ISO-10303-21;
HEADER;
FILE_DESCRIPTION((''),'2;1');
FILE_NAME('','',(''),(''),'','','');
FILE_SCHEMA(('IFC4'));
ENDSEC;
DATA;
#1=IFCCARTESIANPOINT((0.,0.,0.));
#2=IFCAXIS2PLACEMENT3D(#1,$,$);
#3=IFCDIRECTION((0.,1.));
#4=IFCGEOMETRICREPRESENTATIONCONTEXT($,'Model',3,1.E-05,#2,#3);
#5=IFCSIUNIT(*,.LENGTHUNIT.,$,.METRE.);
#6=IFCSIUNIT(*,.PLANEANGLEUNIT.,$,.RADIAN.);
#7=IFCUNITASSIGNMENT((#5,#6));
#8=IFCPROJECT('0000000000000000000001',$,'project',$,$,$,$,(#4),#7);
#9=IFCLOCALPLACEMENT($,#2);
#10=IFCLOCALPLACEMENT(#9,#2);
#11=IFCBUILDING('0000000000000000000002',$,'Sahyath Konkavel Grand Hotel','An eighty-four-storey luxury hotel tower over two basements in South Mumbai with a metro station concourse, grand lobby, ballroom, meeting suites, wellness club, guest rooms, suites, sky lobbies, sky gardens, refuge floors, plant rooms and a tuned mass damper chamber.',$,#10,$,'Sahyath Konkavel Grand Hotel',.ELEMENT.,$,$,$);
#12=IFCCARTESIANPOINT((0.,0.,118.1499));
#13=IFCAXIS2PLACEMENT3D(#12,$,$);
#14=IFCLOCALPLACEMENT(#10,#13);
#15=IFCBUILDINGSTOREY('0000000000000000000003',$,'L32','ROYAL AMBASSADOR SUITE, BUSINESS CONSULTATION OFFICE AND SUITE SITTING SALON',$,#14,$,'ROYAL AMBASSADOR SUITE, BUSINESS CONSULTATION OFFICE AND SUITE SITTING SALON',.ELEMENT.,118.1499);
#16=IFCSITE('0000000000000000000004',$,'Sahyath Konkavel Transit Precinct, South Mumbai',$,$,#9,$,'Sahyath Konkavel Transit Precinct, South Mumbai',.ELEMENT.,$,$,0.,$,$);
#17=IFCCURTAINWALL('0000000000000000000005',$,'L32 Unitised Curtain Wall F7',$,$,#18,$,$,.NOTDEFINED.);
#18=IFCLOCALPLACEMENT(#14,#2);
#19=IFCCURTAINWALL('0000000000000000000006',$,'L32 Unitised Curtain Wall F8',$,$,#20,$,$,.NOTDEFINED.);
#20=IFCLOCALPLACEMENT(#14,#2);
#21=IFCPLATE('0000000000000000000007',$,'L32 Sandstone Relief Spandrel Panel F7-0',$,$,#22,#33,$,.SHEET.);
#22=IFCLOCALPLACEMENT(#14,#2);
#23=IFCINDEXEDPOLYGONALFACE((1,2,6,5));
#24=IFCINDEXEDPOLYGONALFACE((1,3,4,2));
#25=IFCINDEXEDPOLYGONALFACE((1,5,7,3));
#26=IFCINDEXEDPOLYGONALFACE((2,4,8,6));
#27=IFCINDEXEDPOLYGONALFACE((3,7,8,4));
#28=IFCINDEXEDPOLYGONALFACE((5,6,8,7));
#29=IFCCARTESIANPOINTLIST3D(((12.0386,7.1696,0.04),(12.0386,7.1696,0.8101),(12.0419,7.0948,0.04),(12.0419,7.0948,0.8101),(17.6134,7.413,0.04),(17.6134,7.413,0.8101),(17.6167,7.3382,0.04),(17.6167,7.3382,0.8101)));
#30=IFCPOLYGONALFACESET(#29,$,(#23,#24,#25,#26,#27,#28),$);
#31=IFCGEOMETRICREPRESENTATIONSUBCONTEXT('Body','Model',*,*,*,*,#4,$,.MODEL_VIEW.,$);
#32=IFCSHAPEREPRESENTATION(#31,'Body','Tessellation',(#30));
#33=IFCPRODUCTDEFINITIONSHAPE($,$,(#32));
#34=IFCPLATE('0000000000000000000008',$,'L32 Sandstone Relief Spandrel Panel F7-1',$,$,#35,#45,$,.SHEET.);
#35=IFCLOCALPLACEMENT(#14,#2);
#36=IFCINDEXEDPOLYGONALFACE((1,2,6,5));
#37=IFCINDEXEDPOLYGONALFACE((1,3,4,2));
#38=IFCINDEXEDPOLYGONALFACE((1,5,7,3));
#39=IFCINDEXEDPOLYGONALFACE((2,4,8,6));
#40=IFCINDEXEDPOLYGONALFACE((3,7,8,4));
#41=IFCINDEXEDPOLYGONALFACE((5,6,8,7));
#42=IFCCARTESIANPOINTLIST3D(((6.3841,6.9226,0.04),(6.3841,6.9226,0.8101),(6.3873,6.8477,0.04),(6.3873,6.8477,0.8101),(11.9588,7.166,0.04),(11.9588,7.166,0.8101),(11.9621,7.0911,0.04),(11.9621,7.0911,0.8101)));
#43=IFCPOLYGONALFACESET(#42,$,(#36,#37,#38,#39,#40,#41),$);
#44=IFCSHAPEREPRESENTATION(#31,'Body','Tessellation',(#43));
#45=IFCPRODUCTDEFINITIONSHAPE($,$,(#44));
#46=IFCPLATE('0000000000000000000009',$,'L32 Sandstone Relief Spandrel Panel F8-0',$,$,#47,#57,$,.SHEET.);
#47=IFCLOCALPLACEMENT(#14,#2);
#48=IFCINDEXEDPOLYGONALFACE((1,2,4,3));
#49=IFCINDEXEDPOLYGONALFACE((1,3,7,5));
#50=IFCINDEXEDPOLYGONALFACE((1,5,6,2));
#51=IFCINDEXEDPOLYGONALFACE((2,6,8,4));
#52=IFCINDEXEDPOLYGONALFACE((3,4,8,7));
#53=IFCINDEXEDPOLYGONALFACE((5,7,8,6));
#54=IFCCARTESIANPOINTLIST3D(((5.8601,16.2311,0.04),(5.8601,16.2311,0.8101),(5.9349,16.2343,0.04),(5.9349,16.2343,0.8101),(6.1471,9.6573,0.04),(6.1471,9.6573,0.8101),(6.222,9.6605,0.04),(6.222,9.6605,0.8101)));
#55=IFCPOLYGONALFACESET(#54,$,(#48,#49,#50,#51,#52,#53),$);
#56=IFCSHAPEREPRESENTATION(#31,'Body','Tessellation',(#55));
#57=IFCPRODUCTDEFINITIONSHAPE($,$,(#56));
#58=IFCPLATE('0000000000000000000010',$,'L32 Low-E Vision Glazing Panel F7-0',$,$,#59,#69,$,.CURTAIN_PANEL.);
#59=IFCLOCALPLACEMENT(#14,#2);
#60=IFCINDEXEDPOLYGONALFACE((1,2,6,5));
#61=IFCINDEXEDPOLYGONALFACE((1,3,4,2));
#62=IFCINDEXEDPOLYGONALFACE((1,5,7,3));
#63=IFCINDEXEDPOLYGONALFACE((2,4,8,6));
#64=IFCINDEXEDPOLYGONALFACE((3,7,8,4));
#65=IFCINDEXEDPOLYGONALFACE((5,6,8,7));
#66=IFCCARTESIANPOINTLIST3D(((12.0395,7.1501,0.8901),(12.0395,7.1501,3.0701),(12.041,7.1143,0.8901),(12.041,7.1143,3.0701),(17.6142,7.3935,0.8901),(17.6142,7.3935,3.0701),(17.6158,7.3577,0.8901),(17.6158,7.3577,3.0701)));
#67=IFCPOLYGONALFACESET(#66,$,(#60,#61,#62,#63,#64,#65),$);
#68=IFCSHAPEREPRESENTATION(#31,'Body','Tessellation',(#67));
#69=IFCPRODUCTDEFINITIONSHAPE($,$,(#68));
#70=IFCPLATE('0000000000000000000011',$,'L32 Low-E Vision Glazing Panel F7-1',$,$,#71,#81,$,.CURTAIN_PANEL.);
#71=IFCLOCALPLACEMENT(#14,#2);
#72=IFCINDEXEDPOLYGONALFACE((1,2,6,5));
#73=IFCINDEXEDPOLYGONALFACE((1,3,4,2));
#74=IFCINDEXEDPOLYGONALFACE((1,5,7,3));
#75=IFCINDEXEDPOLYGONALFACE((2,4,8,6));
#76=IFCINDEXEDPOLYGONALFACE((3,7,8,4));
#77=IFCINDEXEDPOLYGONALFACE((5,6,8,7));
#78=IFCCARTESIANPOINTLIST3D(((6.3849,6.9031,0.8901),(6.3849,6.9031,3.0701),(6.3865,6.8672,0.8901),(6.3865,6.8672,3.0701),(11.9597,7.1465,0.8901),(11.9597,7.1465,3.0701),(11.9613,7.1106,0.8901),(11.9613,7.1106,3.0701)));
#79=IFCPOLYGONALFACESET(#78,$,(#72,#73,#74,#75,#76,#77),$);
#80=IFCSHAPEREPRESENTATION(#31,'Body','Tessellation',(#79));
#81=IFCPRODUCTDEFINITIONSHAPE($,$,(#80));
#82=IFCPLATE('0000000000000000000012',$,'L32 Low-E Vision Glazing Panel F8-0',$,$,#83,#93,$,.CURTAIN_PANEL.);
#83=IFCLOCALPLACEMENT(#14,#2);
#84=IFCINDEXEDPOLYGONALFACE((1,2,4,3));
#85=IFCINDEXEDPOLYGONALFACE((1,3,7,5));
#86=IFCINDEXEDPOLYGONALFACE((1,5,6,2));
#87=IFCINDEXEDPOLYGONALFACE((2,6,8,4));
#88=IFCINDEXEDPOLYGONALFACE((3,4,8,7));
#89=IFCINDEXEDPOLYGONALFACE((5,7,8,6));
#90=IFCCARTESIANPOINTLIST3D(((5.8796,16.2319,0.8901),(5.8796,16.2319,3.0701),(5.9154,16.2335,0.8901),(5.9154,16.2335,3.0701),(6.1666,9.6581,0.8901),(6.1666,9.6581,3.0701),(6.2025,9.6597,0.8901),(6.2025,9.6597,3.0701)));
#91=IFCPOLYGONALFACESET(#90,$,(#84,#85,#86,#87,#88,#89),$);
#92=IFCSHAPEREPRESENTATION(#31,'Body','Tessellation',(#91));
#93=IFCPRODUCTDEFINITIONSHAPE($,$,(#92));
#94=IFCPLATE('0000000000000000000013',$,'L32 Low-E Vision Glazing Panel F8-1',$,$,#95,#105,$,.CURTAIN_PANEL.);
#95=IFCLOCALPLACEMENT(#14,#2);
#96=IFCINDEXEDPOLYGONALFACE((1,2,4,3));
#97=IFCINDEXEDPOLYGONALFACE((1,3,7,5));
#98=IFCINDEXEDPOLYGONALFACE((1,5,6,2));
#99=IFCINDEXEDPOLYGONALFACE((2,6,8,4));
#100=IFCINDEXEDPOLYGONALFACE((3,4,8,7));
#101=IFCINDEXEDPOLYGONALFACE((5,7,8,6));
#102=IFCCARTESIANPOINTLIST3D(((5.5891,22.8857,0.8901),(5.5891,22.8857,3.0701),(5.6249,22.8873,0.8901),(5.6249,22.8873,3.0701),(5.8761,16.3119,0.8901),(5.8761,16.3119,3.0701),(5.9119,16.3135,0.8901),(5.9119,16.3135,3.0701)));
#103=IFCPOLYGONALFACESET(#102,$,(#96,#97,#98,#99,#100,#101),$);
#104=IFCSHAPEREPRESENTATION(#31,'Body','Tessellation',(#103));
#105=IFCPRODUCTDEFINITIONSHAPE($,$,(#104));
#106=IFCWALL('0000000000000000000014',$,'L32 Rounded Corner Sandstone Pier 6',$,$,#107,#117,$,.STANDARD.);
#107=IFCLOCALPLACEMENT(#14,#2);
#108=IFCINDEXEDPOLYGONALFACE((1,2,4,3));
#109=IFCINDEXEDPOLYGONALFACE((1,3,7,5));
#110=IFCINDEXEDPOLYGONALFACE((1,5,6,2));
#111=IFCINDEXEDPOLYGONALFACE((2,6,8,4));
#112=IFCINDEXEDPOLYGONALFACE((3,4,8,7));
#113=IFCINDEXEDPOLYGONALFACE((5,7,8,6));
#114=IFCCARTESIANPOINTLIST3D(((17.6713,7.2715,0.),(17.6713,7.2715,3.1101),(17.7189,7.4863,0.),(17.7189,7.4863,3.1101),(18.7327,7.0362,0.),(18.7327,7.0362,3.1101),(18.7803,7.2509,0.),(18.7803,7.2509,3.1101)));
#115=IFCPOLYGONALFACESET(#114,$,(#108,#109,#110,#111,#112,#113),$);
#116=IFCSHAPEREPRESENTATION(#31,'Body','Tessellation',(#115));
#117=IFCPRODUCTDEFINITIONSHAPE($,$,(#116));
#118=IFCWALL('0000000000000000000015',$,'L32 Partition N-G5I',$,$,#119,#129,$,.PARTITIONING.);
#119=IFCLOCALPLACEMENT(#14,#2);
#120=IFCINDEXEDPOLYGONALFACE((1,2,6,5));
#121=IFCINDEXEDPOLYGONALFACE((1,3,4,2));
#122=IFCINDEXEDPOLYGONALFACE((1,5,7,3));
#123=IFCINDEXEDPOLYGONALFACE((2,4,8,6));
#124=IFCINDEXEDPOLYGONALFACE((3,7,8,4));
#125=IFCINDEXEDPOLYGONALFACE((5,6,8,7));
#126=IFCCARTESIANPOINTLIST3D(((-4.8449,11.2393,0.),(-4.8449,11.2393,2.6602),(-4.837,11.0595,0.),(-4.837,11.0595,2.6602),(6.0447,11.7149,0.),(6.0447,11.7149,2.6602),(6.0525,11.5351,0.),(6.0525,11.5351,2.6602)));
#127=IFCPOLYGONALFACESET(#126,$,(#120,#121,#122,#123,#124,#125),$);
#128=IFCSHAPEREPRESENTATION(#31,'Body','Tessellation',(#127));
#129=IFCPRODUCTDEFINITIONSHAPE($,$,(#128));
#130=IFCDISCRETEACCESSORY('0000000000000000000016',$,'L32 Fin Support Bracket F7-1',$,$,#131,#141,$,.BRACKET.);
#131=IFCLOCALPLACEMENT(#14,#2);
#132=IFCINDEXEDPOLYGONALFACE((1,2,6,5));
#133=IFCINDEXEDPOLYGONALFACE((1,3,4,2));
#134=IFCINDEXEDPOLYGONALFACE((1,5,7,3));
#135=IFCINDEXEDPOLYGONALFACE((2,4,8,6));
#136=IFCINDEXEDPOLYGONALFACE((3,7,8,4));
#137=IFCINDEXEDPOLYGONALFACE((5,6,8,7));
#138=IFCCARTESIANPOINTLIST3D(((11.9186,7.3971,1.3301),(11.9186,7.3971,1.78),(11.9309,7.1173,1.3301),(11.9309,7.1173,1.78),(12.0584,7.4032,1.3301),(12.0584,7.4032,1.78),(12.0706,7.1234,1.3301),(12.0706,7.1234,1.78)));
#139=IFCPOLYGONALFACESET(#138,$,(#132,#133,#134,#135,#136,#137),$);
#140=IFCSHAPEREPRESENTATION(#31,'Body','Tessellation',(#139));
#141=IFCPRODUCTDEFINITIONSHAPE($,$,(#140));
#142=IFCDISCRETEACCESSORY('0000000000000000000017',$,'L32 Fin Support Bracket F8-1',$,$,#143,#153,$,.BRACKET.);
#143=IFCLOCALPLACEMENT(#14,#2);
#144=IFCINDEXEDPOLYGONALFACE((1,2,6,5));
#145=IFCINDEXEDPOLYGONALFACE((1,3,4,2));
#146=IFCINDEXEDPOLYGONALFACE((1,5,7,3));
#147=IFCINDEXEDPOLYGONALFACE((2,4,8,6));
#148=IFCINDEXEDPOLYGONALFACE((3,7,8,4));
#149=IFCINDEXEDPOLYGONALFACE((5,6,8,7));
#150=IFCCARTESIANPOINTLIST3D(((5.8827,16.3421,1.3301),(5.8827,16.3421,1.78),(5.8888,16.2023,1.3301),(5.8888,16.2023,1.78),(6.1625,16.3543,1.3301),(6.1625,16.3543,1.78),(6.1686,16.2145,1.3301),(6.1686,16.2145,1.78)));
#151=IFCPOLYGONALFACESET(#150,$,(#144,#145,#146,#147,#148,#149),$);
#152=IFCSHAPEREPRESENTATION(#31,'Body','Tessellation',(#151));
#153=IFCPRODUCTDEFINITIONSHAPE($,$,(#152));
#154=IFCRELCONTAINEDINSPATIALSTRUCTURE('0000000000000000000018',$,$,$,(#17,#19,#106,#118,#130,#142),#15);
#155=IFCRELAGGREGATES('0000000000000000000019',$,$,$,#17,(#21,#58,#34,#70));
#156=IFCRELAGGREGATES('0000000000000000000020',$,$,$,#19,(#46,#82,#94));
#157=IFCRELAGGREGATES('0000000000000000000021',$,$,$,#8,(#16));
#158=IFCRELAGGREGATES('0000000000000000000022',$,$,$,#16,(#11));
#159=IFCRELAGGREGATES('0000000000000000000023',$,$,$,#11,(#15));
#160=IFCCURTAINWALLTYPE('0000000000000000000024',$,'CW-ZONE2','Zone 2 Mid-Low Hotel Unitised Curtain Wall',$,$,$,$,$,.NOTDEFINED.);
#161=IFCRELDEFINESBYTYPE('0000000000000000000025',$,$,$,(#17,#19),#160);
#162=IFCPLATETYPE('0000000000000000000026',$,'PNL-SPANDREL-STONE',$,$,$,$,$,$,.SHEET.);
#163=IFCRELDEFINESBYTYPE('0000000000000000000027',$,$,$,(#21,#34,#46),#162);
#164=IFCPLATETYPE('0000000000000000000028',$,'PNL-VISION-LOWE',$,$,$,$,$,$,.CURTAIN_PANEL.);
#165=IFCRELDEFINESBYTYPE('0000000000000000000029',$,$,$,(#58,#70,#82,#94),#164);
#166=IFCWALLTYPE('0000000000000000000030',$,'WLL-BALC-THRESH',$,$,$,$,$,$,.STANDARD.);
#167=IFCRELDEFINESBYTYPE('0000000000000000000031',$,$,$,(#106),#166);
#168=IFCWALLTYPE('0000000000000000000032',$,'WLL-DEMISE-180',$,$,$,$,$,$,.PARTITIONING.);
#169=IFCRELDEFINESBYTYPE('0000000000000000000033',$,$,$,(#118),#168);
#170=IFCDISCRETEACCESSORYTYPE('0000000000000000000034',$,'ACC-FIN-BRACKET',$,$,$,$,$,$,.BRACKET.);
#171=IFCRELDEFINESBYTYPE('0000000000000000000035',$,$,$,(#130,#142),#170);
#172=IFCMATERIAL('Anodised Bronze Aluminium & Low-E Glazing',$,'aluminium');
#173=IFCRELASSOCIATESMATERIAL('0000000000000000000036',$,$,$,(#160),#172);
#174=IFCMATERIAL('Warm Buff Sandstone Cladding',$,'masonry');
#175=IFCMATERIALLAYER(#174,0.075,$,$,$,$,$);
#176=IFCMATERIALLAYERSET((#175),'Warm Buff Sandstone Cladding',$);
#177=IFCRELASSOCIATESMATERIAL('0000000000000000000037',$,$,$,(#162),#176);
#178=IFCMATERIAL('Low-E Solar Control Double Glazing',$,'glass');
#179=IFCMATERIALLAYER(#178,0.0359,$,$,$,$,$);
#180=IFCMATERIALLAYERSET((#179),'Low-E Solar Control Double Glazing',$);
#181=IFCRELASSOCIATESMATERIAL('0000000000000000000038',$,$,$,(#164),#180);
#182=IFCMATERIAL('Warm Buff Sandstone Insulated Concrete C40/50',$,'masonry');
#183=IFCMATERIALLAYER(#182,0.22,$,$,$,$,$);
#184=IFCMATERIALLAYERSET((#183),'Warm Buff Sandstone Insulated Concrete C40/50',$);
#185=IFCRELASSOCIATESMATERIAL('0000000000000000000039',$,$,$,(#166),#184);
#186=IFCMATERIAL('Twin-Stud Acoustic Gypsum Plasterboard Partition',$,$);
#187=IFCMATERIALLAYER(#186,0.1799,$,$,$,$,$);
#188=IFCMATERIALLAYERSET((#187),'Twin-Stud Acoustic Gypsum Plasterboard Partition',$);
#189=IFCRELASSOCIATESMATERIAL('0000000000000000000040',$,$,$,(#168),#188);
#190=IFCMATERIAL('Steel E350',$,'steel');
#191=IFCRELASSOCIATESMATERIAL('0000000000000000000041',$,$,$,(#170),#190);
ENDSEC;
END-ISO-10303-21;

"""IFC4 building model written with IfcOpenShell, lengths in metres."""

from ifc_helpers import new_model, si_unit, direction, frame, frame_2d, origin, origin_2d, place, context, subcontext, project, spatial, rectangle, extrude, source, transform, mapped, material, layer, layer_set, type_object, element, aggregate, save


model = new_model("IFC4")

# Units and contexts
model_context = context("Model", 3, precision=1e-05, world=origin(), true_north=direction((0.0, 1.0)))
body_context = subcontext(model_context, "Body", "Model", "MODEL_VIEW")
ifc_project = project(units=[si_unit("LENGTHUNIT", "METRE"), si_unit("PLANEANGLEUNIT", "RADIAN")], contexts=[model_context])

# Site, building, storey
site_placement = place(None, origin())
site = spatial("IfcSite", under=ifc_project, at=site_placement, Name="Sahyath Konkavel Transit Precinct, South Mumbai", LongName="Sahyath Konkavel Transit Precinct, South Mumbai", CompositionType="ELEMENT", RefElevation=0.0)
building_placement = place(site_placement, origin())
building = spatial("IfcBuilding", under=site, at=building_placement, Name="Sahyath Konkavel Grand Hotel", Description="An eighty-four-storey luxury hotel tower over two basements in South Mumbai with a metro station concourse, grand lobby, ballroom, meeting suites, wellness club, guest rooms, suites, sky lobbies, sky gardens, refuge floors, plant rooms and a tuned mass damper chamber.", LongName="Sahyath Konkavel Grand Hotel", CompositionType="ELEMENT")
storey_placement = place(building_placement, frame((0.0, 0.0, 118.1499)))
storey = spatial("IfcBuildingStorey", under=building, at=storey_placement, Name="L32", Description="ROYAL AMBASSADOR SUITE, BUSINESS CONSULTATION OFFICE AND SUITE SITTING SALON", LongName="ROYAL AMBASSADOR SUITE, BUSINESS CONSULTATION OFFICE AND SUITE SITTING SALON", CompositionType="ELEMENT", Elevation=118.1499)

# Curtain walls
ifc_material_1 = material(Name="Anodised Bronze Aluminium & Low-E Glazing", Category="aluminium")
curtain_wall_type = type_object("IfcCurtainWallType", Name="CW-ZONE2", Description="Zone 2 Mid-Low Hotel Unitised Curtain Wall", PredefinedType="NOTDEFINED", material=ifc_material_1)
curtain_wall_1_placement = place(storey_placement, origin())
curtain_wall_1 = element("IfcCurtainWall", 1, at=curtain_wall_1_placement, inside=storey, type_object=curtain_wall_type, Name="L32 Unitised Curtain Wall F7", PredefinedType="NOTDEFINED")
curtain_wall_2_placement = place(storey_placement, origin())
curtain_wall_2 = element("IfcCurtainWall", 2, at=curtain_wall_2_placement, inside=storey, type_object=curtain_wall_type, Name="L32 Unitised Curtain Wall F8", PredefinedType="NOTDEFINED")

# Plates
ifc_material_2 = material(Name="Warm Buff Sandstone Cladding", Category="masonry")
ifc_layer_1 = layer(ifc_material_2, 0.075)
ifc_layer_set_1 = layer_set([ifc_layer_1], Name="Warm Buff Sandstone Cladding")
plate_type_1 = type_object("IfcPlateType", Name="PNL-SPANDREL-STONE", PredefinedType="SHEET", material=ifc_layer_set_1)
shared_shape_1 = source(origin(), body_context, "Body", "SweptSolid", [
    extrude(rectangle(XDim=5.5801, YDim=0.075, at=origin_2d()), origin(), (0.0, 0.0, 1.0), 0.77),
])
plate_1_placement = place(storey_placement, frame((14.8276, 7.2539, 0.04), z_axis=(0.0, 0.0, 1.0), x_axis=(-0.999048, -0.043619, 0.0)))
plate_1 = element("IfcPlate", 3, at=plate_1_placement, type_object=plate_type_1, Name="L32 Sandstone Relief Spandrel Panel F7-0", PredefinedType="SHEET", context=body_context, shape_type="MappedRepresentation", body=[
    mapped(shared_shape_1, transform((0.0, 0.0, 0.0), scale=1.0)),
])
plate_2_placement = place(storey_placement, frame((9.1731, 7.0068, 0.04), z_axis=(0.0, 0.0, 1.0), x_axis=(-0.999048, -0.043619, 0.0)))
plate_2 = element("IfcPlate", 4, at=plate_2_placement, type_object=plate_type_1, Name="L32 Sandstone Relief Spandrel Panel F7-1", PredefinedType="SHEET", context=body_context, shape_type="MappedRepresentation", body=[
    mapped(shared_shape_1, transform((0.0, 0.0, 0.0), scale=1.0)),
])
shared_shape_2 = source(origin(), body_context, "Body", "SweptSolid", [
    extrude(rectangle(XDim=6.5801, YDim=0.075, at=origin_2d()), origin(), (0.0, 0.0, 1.0), 0.77),
])
plate_3_placement = place(storey_placement, frame((6.041, 12.9458, 0.04), z_axis=(0.0, 0.0, 1.0), x_axis=(-0.043619, 0.999048, 0.0)))
plate_3 = element("IfcPlate", 5, at=plate_3_placement, type_object=plate_type_1, Name="L32 Sandstone Relief Spandrel Panel F8-0", PredefinedType="SHEET", context=body_context, shape_type="MappedRepresentation", body=[
    mapped(shared_shape_2, transform((0.0, 0.0, 0.0), scale=1.0)),
])
ifc_material_3 = material(Name="Low-E Solar Control Double Glazing", Category="glass")
ifc_layer_2 = layer(ifc_material_3, 0.0359)
ifc_layer_set_2 = layer_set([ifc_layer_2], Name="Low-E Solar Control Double Glazing")
plate_type_2 = type_object("IfcPlateType", Name="PNL-VISION-LOWE", PredefinedType="CURTAIN_PANEL", material=ifc_layer_set_2)
shared_shape_3 = source(origin(), body_context, "Body", "SweptSolid", [
    extrude(rectangle(XDim=5.5801, YDim=0.0359, at=origin_2d()), origin(), (0.0, 0.0, 1.0), 2.1799),
])
plate_4_placement = place(storey_placement, frame((14.8276, 7.2539, 0.8901), z_axis=(0.0, 0.0, 1.0), x_axis=(-0.999048, -0.043619, 0.0)))
plate_4 = element("IfcPlate", 6, at=plate_4_placement, type_object=plate_type_2, Name="L32 Low-E Vision Glazing Panel F7-0", PredefinedType="CURTAIN_PANEL", context=body_context, shape_type="MappedRepresentation", body=[
    mapped(shared_shape_3, transform((0.0, 0.0, 0.0), scale=1.0)),
])
plate_5_placement = place(storey_placement, frame((9.1731, 7.0068, 0.8901), z_axis=(0.0, 0.0, 1.0), x_axis=(-0.999048, -0.043619, 0.0)))
plate_5 = element("IfcPlate", 7, at=plate_5_placement, type_object=plate_type_2, Name="L32 Low-E Vision Glazing Panel F7-1", PredefinedType="CURTAIN_PANEL", context=body_context, shape_type="MappedRepresentation", body=[
    mapped(shared_shape_3, transform((0.0, 0.0, 0.0), scale=1.0)),
])
aggregate(curtain_wall_1, [plate_1, plate_4, plate_2, plate_5])
shared_shape_4 = source(origin(), body_context, "Body", "SweptSolid", [
    extrude(rectangle(XDim=6.5801, YDim=0.0359, at=origin_2d()), origin(), (0.0, 0.0, 1.0), 2.1799),
])
plate_6_placement = place(storey_placement, frame((6.041, 12.9458, 0.8901), z_axis=(0.0, 0.0, 1.0), x_axis=(-0.043619, 0.999048, 0.0)))
plate_6 = element("IfcPlate", 8, at=plate_6_placement, type_object=plate_type_2, Name="L32 Low-E Vision Glazing Panel F8-0", PredefinedType="CURTAIN_PANEL", context=body_context, shape_type="MappedRepresentation", body=[
    mapped(shared_shape_4, transform((0.0, 0.0, 0.0), scale=1.0)),
])
plate_7_placement = place(storey_placement, frame((5.7505, 19.5996, 0.8901), z_axis=(0.0, 0.0, 1.0), x_axis=(-0.043619, 0.999048, 0.0)))
plate_7 = element("IfcPlate", 9, at=plate_7_placement, type_object=plate_type_2, Name="L32 Low-E Vision Glazing Panel F8-1", PredefinedType="CURTAIN_PANEL", context=body_context, shape_type="MappedRepresentation", body=[
    mapped(shared_shape_4, transform((0.0, 0.0, 0.0), scale=1.0)),
])
aggregate(curtain_wall_2, [plate_3, plate_6, plate_7])

# Walls
ifc_material_4 = material(Name="Warm Buff Sandstone Insulated Concrete C40/50", Category="masonry")
ifc_layer_3 = layer(ifc_material_4, 0.22)
ifc_layer_set_3 = layer_set([ifc_layer_3], Name="Warm Buff Sandstone Insulated Concrete C40/50")
wall_type_1 = type_object("IfcWallType", Name="WLL-BALC-THRESH", PredefinedType="STANDARD", material=ifc_layer_set_3)
wall_1_placement = place(storey_placement, frame((18.7563, 7.1436, 0.0), z_axis=(0.0, 0.0, 1.0), x_axis=(-0.976282, 0.216502, 0.0)))
element("IfcWall", 10, at=wall_1_placement, inside=storey, type_object=wall_type_1, Name="L32 Rounded Corner Sandstone Pier 6", PredefinedType="STANDARD", context=body_context, shape_type="SweptSolid", body=[
    extrude(rectangle(XDim=1.0872, YDim=0.22, at=frame_2d((0.5435, 0.0))), origin(), (0.0, 0.0, 1.0), 3.1101),
])
ifc_material_5 = material(Name="Twin-Stud Acoustic Gypsum Plasterboard Partition")
ifc_layer_4 = layer(ifc_material_5, 0.1799)
ifc_layer_set_4 = layer_set([ifc_layer_4], Name="Twin-Stud Acoustic Gypsum Plasterboard Partition")
wall_type_2 = type_object("IfcWallType", Name="WLL-DEMISE-180", PredefinedType="PARTITIONING", material=ifc_layer_set_4)
wall_2_placement = place(storey_placement, frame((6.0486, 11.625, 0.0), z_axis=(0.0, 0.0, 1.0), x_axis=(-0.999048, -0.043633, 0.0)))
element("IfcWall", 11, at=wall_2_placement, inside=storey, type_object=wall_type_2, Name="L32 Partition N-G5I", PredefinedType="PARTITIONING", context=body_context, shape_type="SweptSolid", body=[
    extrude(rectangle(XDim=10.8999, YDim=0.1799, at=frame_2d((5.45, 0.0))), origin(), (0.0, 0.0, 1.0), 2.6602),
])

# Discrete accessories
ifc_material_6 = material(Name="Steel E350", Category="steel")
discrete_accessory_type = type_object("IfcDiscreteAccessoryType", Name="ACC-FIN-BRACKET", PredefinedType="BRACKET", material=ifc_material_6)
shared_shape_5 = source(origin(), body_context, "Body", "SweptSolid", [
    extrude(rectangle(XDim=0.28, YDim=0.1399, at=origin_2d()), origin(), (0.0, 0.0, 1.0), 0.45),
])
for number, where, z_axis, x_axis, name in (
    (12, (11.9946, 7.2603, 1.3301), (0.0, 0.0, 1.0), (-0.043619, 0.999048, 0.0), "L32 Fin Support Bracket F7-1"),
    (13, (6.0256, 16.2783, 1.3301), (0.0, 0.0, 1.0), (0.999048, 0.043619, 0.0), "L32 Fin Support Bracket F8-1"),
):
    element("IfcDiscreteAccessory", number, at=place(storey_placement, frame(where, z_axis=z_axis, x_axis=x_axis)), inside=storey, type_object=discrete_accessory_type, Name=name, PredefinedType="BRACKET", context=body_context, shape_type="MappedRepresentation", body=[
        mapped(shared_shape_5, transform((0.0, 0.0, 0.0), scale=1.0)),
    ])

save(model, "model.ifc")
